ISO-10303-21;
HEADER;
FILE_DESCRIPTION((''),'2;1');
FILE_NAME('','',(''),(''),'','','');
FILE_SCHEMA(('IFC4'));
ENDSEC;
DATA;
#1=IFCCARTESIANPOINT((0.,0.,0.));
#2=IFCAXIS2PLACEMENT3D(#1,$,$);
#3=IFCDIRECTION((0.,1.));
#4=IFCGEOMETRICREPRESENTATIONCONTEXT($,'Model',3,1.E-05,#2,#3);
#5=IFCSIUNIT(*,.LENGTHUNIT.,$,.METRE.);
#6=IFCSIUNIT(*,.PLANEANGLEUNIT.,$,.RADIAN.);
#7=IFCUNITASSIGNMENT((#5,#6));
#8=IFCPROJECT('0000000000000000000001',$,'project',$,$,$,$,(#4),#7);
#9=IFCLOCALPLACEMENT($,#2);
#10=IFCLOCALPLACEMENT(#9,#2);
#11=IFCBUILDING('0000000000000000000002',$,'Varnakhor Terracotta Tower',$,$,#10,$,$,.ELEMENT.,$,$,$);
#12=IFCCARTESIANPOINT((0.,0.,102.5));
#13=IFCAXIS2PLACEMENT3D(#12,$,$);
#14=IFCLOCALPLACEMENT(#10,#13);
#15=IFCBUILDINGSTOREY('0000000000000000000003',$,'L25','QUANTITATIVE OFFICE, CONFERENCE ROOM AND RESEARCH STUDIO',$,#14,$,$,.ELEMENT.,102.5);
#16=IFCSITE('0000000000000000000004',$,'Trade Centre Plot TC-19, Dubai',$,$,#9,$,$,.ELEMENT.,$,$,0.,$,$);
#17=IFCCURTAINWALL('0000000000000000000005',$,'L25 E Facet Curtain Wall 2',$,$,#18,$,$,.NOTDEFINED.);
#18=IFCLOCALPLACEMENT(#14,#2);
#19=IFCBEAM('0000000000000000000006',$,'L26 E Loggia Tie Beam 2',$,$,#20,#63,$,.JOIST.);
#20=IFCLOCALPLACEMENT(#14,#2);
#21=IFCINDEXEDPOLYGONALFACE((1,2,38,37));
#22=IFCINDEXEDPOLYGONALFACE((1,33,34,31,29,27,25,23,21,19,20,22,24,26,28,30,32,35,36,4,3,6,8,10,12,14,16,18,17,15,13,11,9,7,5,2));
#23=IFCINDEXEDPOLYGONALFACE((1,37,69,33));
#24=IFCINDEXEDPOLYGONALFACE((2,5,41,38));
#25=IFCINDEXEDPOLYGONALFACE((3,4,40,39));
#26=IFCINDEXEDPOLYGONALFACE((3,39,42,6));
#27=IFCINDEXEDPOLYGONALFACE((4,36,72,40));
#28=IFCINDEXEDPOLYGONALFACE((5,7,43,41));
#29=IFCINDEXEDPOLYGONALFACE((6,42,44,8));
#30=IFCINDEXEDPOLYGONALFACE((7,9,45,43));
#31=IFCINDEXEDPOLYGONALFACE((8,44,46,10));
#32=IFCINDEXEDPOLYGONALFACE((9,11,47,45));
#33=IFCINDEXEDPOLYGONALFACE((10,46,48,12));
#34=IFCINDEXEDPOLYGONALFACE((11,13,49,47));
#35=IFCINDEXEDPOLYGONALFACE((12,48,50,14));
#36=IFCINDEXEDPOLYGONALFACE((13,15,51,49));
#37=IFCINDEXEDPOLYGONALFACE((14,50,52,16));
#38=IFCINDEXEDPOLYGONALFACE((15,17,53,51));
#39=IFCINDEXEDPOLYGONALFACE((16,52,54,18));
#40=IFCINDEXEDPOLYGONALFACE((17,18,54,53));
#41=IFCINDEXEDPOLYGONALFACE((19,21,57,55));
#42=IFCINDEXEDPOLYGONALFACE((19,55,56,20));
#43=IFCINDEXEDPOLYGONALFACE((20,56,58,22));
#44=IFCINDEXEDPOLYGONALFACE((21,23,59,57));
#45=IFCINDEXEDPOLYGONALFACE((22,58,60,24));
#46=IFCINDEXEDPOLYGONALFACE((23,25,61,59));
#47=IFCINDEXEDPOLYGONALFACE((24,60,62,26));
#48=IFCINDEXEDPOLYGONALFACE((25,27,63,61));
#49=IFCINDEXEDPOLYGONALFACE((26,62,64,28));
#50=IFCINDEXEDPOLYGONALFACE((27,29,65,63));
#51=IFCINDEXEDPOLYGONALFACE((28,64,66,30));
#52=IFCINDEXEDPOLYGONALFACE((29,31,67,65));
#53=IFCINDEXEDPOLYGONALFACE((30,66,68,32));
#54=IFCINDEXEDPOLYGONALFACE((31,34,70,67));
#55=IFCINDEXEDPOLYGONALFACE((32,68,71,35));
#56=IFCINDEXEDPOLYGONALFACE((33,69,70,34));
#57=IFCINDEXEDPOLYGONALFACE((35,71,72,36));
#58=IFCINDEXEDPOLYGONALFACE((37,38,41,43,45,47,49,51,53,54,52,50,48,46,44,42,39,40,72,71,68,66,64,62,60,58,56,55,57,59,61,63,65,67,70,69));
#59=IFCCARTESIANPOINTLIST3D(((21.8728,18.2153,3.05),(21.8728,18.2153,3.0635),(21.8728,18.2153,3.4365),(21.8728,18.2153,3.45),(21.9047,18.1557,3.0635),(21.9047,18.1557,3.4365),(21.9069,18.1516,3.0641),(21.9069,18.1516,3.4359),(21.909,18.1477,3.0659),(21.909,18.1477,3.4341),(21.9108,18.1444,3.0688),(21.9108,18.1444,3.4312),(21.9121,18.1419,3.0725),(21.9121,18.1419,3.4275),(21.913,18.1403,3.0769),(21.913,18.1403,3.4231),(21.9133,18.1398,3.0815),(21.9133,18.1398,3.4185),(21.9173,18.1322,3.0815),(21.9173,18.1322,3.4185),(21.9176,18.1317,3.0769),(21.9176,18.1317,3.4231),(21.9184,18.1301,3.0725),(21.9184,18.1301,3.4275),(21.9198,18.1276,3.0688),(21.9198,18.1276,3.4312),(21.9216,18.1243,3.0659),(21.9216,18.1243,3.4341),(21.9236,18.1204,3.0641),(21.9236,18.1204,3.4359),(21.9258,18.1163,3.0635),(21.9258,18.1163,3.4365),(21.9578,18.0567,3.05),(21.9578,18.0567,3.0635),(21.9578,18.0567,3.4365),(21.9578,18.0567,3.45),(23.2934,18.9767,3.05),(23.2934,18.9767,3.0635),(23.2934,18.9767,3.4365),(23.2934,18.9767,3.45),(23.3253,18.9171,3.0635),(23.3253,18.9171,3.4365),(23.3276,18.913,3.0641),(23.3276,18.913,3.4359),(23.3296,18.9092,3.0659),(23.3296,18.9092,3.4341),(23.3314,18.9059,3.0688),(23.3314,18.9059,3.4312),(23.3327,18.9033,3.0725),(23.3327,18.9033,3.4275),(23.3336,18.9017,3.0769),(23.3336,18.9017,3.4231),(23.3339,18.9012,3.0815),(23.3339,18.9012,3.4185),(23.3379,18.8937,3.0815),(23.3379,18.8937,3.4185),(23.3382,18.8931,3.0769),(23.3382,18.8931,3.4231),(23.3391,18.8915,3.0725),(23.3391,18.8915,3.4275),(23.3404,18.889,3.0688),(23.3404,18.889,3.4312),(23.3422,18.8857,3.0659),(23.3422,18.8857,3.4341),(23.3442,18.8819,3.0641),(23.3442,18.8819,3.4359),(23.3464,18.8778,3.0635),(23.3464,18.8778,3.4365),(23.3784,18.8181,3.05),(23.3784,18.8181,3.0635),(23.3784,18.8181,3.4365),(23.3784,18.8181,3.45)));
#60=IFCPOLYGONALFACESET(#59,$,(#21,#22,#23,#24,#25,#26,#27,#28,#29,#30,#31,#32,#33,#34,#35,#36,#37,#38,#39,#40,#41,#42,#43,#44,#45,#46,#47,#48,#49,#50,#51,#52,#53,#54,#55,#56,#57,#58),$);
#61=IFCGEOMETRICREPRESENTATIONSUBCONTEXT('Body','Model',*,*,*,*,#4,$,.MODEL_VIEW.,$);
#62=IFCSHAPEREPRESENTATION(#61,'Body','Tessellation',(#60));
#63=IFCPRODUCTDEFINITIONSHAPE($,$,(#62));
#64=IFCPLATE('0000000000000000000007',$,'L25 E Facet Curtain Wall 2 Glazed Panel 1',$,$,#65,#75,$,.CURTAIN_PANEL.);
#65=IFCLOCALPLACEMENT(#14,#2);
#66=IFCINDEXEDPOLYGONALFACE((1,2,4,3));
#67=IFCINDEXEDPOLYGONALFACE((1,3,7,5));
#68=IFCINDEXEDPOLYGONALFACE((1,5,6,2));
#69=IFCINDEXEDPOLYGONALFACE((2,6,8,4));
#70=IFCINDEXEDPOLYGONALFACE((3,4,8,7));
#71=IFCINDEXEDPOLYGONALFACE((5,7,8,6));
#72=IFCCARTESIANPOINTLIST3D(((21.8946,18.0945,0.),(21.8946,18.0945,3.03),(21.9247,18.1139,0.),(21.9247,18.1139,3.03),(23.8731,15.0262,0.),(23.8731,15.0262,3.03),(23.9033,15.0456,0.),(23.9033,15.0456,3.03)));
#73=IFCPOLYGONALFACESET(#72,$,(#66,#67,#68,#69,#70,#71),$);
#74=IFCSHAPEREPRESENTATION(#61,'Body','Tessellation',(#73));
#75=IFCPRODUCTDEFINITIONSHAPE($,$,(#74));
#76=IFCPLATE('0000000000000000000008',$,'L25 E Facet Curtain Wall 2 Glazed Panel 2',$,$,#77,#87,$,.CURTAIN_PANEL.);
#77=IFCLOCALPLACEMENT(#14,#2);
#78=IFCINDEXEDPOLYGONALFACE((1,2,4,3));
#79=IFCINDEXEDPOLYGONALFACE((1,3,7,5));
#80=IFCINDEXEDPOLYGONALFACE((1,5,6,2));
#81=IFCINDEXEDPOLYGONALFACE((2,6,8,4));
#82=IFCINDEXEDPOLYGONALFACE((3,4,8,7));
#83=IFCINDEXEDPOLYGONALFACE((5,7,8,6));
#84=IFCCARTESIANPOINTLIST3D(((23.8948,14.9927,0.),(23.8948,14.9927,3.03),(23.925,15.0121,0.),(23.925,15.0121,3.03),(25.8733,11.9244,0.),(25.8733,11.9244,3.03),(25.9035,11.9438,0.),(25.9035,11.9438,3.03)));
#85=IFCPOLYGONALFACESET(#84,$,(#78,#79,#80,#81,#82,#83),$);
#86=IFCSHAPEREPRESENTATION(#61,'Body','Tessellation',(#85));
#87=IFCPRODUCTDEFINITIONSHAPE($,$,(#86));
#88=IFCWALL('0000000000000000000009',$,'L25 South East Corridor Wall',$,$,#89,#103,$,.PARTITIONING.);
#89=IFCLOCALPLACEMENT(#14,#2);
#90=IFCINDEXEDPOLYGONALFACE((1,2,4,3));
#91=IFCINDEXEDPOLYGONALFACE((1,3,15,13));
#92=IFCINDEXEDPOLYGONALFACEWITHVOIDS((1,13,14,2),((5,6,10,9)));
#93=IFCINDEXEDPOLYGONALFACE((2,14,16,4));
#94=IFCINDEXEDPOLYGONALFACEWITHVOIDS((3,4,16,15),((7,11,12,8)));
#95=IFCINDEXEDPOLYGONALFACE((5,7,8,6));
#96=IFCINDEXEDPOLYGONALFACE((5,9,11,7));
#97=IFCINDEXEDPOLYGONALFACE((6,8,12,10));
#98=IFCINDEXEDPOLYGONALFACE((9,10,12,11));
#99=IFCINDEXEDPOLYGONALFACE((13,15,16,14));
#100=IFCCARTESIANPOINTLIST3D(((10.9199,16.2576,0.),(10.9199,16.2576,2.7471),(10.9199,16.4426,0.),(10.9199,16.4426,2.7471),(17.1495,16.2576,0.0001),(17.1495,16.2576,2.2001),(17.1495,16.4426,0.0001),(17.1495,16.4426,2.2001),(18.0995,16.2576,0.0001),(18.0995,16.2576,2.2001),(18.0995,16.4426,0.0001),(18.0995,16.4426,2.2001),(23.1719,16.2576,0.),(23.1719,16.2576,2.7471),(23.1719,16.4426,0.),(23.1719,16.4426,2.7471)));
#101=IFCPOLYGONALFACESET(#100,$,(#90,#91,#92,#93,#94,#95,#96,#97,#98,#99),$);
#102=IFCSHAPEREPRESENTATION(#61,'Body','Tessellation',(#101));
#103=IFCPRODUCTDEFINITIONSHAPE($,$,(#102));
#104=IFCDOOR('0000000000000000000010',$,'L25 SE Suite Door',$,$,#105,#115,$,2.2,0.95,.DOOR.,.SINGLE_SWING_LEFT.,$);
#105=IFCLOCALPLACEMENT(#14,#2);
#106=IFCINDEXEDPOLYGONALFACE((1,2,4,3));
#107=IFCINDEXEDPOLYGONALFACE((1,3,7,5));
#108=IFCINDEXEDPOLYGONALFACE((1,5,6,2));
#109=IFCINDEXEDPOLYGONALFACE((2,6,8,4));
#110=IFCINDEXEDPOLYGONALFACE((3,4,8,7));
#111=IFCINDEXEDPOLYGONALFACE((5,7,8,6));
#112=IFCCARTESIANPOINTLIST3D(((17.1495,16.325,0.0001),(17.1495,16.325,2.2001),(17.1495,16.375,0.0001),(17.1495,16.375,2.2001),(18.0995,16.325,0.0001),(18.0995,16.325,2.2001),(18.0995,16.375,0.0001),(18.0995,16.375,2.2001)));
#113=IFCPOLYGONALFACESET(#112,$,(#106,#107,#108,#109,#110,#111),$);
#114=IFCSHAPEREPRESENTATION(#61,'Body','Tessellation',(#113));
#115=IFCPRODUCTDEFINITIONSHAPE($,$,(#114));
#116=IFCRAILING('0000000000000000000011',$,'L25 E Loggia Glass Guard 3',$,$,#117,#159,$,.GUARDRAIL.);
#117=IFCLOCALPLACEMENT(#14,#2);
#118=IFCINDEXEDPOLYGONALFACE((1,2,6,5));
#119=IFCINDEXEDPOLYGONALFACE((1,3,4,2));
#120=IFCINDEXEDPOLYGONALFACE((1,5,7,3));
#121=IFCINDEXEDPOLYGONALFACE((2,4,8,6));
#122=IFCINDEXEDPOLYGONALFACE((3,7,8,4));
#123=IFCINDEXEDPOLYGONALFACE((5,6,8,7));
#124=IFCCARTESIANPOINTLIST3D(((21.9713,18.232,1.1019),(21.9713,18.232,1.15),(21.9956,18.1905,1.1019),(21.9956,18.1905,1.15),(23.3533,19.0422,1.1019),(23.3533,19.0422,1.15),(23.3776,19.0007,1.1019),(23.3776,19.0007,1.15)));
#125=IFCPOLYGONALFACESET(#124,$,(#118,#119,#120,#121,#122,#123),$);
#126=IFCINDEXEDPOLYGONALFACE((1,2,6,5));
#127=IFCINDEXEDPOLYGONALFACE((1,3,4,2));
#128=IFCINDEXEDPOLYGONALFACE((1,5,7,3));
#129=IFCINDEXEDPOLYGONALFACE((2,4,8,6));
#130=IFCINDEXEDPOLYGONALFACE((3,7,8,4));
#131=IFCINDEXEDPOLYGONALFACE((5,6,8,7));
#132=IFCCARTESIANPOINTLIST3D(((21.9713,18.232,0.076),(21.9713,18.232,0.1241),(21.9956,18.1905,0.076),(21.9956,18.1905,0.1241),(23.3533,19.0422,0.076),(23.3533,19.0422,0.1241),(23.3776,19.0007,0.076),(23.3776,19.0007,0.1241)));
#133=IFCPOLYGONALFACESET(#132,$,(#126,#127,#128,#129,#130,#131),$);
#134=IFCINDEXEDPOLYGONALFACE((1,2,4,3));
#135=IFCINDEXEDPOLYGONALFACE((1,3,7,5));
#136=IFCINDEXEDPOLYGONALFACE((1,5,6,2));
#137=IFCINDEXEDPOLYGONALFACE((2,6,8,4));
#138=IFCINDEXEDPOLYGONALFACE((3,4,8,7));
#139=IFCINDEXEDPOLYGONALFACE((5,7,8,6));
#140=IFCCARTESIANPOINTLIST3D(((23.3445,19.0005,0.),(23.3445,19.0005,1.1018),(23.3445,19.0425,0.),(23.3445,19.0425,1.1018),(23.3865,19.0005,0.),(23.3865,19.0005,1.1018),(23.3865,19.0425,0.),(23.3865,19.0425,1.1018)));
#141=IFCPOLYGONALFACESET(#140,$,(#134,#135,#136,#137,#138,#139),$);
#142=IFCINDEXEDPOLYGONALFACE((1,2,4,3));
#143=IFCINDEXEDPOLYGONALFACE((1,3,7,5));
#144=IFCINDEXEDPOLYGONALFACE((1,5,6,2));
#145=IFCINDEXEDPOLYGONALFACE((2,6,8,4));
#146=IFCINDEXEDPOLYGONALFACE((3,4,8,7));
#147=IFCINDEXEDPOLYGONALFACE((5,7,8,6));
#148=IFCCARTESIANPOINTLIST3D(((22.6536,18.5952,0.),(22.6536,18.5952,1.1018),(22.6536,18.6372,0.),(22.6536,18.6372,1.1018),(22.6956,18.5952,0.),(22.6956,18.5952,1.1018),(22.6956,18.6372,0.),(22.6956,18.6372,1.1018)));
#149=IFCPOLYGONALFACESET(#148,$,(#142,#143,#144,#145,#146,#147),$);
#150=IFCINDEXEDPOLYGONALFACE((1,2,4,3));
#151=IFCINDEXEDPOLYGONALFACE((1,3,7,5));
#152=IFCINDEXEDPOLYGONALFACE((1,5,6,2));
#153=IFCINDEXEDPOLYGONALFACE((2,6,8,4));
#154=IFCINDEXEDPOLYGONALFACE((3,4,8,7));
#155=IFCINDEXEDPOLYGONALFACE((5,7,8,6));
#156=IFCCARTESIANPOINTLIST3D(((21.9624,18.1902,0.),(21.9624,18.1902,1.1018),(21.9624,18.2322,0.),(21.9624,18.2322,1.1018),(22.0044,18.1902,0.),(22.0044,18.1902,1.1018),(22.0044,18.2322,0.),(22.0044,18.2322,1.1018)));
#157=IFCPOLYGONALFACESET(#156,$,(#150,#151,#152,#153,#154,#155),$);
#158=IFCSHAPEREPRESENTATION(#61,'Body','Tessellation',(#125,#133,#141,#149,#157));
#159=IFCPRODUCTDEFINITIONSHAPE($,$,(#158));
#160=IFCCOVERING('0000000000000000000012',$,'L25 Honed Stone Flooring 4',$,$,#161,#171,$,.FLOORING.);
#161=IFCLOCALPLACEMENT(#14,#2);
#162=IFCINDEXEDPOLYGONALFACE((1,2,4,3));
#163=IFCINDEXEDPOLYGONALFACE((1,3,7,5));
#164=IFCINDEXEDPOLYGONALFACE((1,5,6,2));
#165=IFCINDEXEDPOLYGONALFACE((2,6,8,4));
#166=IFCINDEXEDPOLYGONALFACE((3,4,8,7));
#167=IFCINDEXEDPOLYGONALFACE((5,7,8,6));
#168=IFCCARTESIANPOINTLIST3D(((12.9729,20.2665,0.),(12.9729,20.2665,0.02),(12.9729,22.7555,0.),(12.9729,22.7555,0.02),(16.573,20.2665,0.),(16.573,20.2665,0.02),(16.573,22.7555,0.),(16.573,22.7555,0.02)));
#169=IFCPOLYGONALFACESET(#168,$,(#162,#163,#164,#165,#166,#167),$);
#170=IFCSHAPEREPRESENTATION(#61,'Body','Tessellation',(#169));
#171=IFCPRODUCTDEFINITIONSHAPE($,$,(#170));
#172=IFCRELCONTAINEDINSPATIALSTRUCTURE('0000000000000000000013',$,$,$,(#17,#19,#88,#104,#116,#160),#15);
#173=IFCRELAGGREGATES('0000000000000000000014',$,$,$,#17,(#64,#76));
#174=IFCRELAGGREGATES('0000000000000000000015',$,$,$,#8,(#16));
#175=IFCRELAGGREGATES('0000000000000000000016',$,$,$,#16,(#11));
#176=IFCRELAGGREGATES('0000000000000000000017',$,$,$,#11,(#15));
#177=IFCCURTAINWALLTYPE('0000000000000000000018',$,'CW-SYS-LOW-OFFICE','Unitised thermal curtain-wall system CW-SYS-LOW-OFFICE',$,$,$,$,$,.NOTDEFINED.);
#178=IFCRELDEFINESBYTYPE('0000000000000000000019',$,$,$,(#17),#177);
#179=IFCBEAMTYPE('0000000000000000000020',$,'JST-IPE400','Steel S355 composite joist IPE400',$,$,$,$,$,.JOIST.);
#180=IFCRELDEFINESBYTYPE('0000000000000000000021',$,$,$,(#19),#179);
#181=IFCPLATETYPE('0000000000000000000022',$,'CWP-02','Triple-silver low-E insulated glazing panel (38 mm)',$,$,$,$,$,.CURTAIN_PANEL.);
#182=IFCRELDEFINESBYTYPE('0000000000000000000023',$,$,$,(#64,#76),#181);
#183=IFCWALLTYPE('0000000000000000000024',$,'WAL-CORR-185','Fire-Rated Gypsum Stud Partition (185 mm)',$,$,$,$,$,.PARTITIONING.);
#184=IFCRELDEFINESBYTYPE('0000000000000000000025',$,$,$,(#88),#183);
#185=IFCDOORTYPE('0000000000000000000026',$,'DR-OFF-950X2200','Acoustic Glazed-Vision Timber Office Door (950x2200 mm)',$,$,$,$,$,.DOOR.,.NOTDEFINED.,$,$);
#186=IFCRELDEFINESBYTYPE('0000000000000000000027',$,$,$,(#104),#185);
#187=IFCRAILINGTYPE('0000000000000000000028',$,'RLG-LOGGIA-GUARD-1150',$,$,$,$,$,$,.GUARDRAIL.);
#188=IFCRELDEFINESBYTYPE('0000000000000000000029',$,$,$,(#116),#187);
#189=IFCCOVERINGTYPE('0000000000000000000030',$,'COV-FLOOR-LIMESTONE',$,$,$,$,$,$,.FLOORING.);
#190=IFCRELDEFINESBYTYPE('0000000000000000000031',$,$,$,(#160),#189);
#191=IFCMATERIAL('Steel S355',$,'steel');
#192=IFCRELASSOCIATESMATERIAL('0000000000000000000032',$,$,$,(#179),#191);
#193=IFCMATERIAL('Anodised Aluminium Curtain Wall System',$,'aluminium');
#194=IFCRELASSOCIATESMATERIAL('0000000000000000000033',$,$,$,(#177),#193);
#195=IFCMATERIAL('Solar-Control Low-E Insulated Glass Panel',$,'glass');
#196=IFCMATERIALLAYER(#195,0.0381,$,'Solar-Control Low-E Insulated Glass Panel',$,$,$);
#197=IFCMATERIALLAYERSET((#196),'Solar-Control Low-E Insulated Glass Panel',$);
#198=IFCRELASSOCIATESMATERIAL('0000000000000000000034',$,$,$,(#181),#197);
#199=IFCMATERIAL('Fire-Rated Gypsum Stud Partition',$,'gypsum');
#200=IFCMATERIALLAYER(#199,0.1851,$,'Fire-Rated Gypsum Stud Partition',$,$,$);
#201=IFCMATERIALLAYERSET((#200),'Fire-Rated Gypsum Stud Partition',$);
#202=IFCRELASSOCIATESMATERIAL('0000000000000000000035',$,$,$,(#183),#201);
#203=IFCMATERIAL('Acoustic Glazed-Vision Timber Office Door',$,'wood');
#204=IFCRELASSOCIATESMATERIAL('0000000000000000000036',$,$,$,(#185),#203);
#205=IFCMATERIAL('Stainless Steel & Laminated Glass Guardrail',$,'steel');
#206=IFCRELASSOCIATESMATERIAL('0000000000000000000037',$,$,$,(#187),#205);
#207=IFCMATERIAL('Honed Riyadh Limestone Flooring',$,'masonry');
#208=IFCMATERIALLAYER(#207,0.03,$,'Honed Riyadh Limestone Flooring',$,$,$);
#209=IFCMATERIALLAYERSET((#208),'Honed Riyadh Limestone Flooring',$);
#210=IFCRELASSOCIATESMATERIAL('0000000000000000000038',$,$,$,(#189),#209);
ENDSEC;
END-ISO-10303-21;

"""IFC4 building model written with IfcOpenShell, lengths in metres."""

from ifc_helpers import new_model, si_unit, direction, frame, frame_2d, origin, origin_2d, place, context, subcontext, project, spatial, rectangle, i_section, extrude, source, transform, mapped, material, layer, layer_set, material_profile, profile_set, type_object, type_shapes, element, fill, aggregate, save


model = new_model("IFC4")

# Units and contexts
model_context = context("Model", 3, precision=1e-05, world=origin(), true_north=direction((0.0, 1.0)))
body_context = subcontext(model_context, "Body", "Model", "MODEL_VIEW")
ifc_project = project(units=[si_unit("LENGTHUNIT", "METRE"), si_unit("PLANEANGLEUNIT", "RADIAN")], contexts=[model_context])

# Site, building, storey
site_placement = place(None, origin())
site = spatial("IfcSite", under=ifc_project, at=site_placement, Name="Trade Centre Plot TC-19, Dubai", CompositionType="ELEMENT", RefElevation=0.0)
building_placement = place(site_placement, origin())
building = spatial("IfcBuilding", under=site, at=building_placement, Name="Varnakhor Terracotta Tower", CompositionType="ELEMENT")
storey_placement = place(building_placement, frame((0.0, 0.0, 102.5)))
storey = spatial("IfcBuildingStorey", under=building, at=storey_placement, Name="L25", Description="QUANTITATIVE OFFICE, CONFERENCE ROOM AND RESEARCH STUDIO", CompositionType="ELEMENT", Elevation=102.5)

# Shared definitions
ifc_material_1 = material(Name="Steel S355", Category="steel")
ifc_material_profile_1 = material_profile(ifc_material_1, i_section(OverallWidth=0.1799, OverallDepth=0.3999, WebThickness=0.0085, FlangeThickness=0.0134, FilletRadius=0.0181, at=origin_2d()), Name="IPE400")
ifc_profile_set_1 = profile_set([ifc_material_profile_1], Name="Steel S355")
beam_type_1 = type_object("IfcBeamType", Name="JST-IPE400", Description="Steel S355 composite joist IPE400", PredefinedType="JOIST", material=ifc_profile_set_1)

# Curtain wall
ifc_material_2 = material(Name="Anodised Aluminium Curtain Wall System", Category="aluminium")
curtain_wall_type = type_object("IfcCurtainWallType", Name="CW-SYS-LOW-OFFICE", Description="Unitised thermal curtain-wall system CW-SYS-LOW-OFFICE", PredefinedType="NOTDEFINED", material=ifc_material_2)
curtain_wall_placement = place(storey_placement, origin())
curtain_wall = element("IfcCurtainWall", 1, at=curtain_wall_placement, inside=storey, type_object=curtain_wall_type, Name="L25 E Facet Curtain Wall 2", PredefinedType="NOTDEFINED")

# Beam
shared_shape_1 = source(origin(), body_context, "Body", "SweptSolid", [
    extrude(i_section(OverallWidth=0.1799, OverallDepth=0.3999, WebThickness=0.0085, FlangeThickness=0.0134, FilletRadius=0.0181, at=origin_2d()), origin(), (0.0, 0.0, 1.0), 1.6118),
])
beam_1_placement = place(storey_placement, frame((21.9153, 18.136, 3.25), z_axis=(0.881374, 0.472419, 0.0), x_axis=(-0.472419, 0.881374, 0.0)))
element("IfcBeam", 2, at=beam_1_placement, inside=storey, type_object=beam_type_1, Name="L26 E Loggia Tie Beam 2", PredefinedType="JOIST", context=body_context, shape_type="MappedRepresentation", body=[
    mapped(shared_shape_1, transform((0.0, 0.0, 0.0), scale=1.0)),
])

# Plates
ifc_material_3 = material(Name="Solar-Control Low-E Insulated Glass Panel", Category="glass")
ifc_layer_1 = layer(ifc_material_3, 0.0381, Name="Solar-Control Low-E Insulated Glass Panel")
ifc_layer_set_1 = layer_set([ifc_layer_1], Name="Solar-Control Low-E Insulated Glass Panel")
plate_type = type_object("IfcPlateType", Name="CWP-02", Description="Triple-silver low-E insulated glazing panel (38 mm)", PredefinedType="CURTAIN_PANEL", material=ifc_layer_set_1)
shared_shape_2 = source(origin(), body_context, "Body", "SweptSolid", [
    extrude(rectangle(XDim=3.6509, YDim=0.0359, at=origin_2d()), origin(), (0.0, 0.0, 1.0), 3.03),
])
plate_1_placement = place(storey_placement, frame((22.8989, 16.5701, 0.0), z_axis=(0.0, 0.0, 1.0), x_axis=(0.541928, -0.840425, 0.0)))
plate_1 = element("IfcPlate", 3, at=plate_1_placement, type_object=plate_type, Name="L25 E Facet Curtain Wall 2 Glazed Panel 1", PredefinedType="CURTAIN_PANEL", context=body_context, shape_type="MappedRepresentation", body=[
    mapped(shared_shape_2, transform((0.0, 0.0, 0.0), scale=1.0)),
])
plate_2_placement = place(storey_placement, frame((24.8992, 13.4683, 0.0), z_axis=(0.0, 0.0, 1.0), x_axis=(0.541928, -0.840425, 0.0)))
plate_2 = element("IfcPlate", 4, at=plate_2_placement, type_object=plate_type, Name="L25 E Facet Curtain Wall 2 Glazed Panel 2", PredefinedType="CURTAIN_PANEL", context=body_context, shape_type="MappedRepresentation", body=[
    mapped(shared_shape_2, transform((0.0, 0.0, 0.0), scale=1.0)),
])
aggregate(curtain_wall, [plate_1, plate_2])

# Wall, opening, door
ifc_material_4 = material(Name="Fire-Rated Gypsum Stud Partition", Category="gypsum")
ifc_layer_2 = layer(ifc_material_4, 0.1851, Name="Fire-Rated Gypsum Stud Partition")
ifc_layer_set_2 = layer_set([ifc_layer_2], Name="Fire-Rated Gypsum Stud Partition")
wall_type = type_object("IfcWallType", Name="WAL-CORR-185", Description="Fire-Rated Gypsum Stud Partition (185 mm)", PredefinedType="PARTITIONING", material=ifc_layer_set_2)
wall_placement = place(storey_placement, frame((10.9199, 16.3501, 0.0), z_axis=(0.0, 0.0, 1.0), x_axis=(1.0, 0.0, 0.0)))
wall = element("IfcWall", 5, at=wall_placement, inside=storey, type_object=wall_type, Name="L25 South East Corridor Wall", PredefinedType="PARTITIONING", context=body_context, shape_type="SweptSolid", body=[
    extrude(rectangle(XDim=12.252, YDim=0.1851, at=frame_2d((6.126, 0.0))), origin(), (0.0, 0.0, 1.0), 2.7471),
])
opening_placement = place(wall_placement, frame((6.2295, 0.0, 0.0)))
opening = element("IfcOpeningElement", 6, at=opening_placement, cuts=wall, PredefinedType="OPENING", context=body_context, shape_type="SweptSolid", body=[
    extrude(rectangle(XDim=0.95, YDim=2.2, at=frame_2d((0.4751, 1.1001))), frame((0.0, 0.1025, 0.0), z_axis=(0.0, -1.0, 0.0), x_axis=(1.0, 0.0, 0.0)), (0.0, 0.0, 1.0), 0.2051),
])
ifc_material_5 = material(Name="Acoustic Glazed-Vision Timber Office Door", Category="wood")
door_type = type_object("IfcDoorType", Name="DR-OFF-950X2200", Description="Acoustic Glazed-Vision Timber Office Door (950x2200 mm)", OperationType="NOTDEFINED", PredefinedType="DOOR", material=ifc_material_5)
shared_shape_3 = source(origin(), body_context, "Body", "SweptSolid", [
    extrude(rectangle(XDim=0.95, YDim=2.2, at=frame_2d((0.4751, 1.1001))), frame((0.0, 0.0249, 0.0), z_axis=(0.0, -1.0, 0.0), x_axis=(1.0, 0.0, 0.0)), (0.0, 0.0, 1.0), 0.05),
])
type_shapes(door_type, [shared_shape_3])
door_placement = place(opening_placement, origin())
door = element("IfcDoor", 7, at=door_placement, inside=storey, type_object=door_type, Name="L25 SE Suite Door", OperationType="SINGLE_SWING_LEFT", OverallHeight=2.2, OverallWidth=0.95, PredefinedType="DOOR", context=body_context, shape_type="MappedRepresentation", body=[
    mapped(shared_shape_3, transform((0.0, 0.0, 0.0), scale=1.0)),
])
fill(opening, door)

# Railing
ifc_material_6 = material(Name="Stainless Steel & Laminated Glass Guardrail", Category="steel")
railing_type = type_object("IfcRailingType", Name="RLG-LOGGIA-GUARD-1150", PredefinedType="GUARDRAIL", material=ifc_material_6)
railing_placement = place(storey_placement, frame((23.3655, 19.0215, 0.0)))
element("IfcRailing", 8, at=railing_placement, inside=storey, type_object=railing_type, Name="L25 E Loggia Glass Guard 3", PredefinedType="GUARDRAIL", context=body_context, shape_type="SweptSolid", body=[
    extrude(rectangle(XDim=0.0481, YDim=0.0481, at=origin_2d()), frame((0.0, 0.0, 1.126), z_axis=(-0.862666, -0.505774, 0.0), x_axis=(0.505774, -0.862666, 0.0)), (0.0, 0.0, 1.0), 1.6021),
    extrude(rectangle(XDim=0.0481, YDim=0.0481, at=origin_2d()), frame((0.0, 0.0, 0.1001), z_axis=(-0.862666, -0.505774, 0.0), x_axis=(0.505774, -0.862666, 0.0)), (0.0, 0.0, 1.0), 1.6021),
    extrude(rectangle(XDim=0.042, YDim=0.042, at=origin_2d()), origin(), (0.0, 0.0, 1.0), 1.1018),
    extrude(rectangle(XDim=0.042, YDim=0.042, at=origin_2d()), frame((-0.6909, -0.4053, 0.0)), (0.0, 0.0, 1.0), 1.1018),
    extrude(rectangle(XDim=0.042, YDim=0.042, at=origin_2d()), frame((-1.3821, -0.8103, 0.0)), (0.0, 0.0, 1.0), 1.1018),
])

# Covering
ifc_material_7 = material(Name="Honed Riyadh Limestone Flooring", Category="masonry")
ifc_layer_3 = layer(ifc_material_7, 0.03, Name="Honed Riyadh Limestone Flooring")
ifc_layer_set_3 = layer_set([ifc_layer_3], Name="Honed Riyadh Limestone Flooring")
covering_type = type_object("IfcCoveringType", Name="COV-FLOOR-LIMESTONE", PredefinedType="FLOORING", material=ifc_layer_set_3)
shared_shape_4 = source(origin(), body_context, "Body", "SweptSolid", [
    extrude(rectangle(XDim=3.6001, YDim=2.489, at=origin_2d()), origin(), (0.0, 0.0, 1.0), 0.02),
])
covering_placement = place(storey_placement, frame((14.7729, 21.511, 0.0), z_axis=(0.0, 0.0, 1.0), x_axis=(1.0, 0.0, 0.0)))
element("IfcCovering", 9, at=covering_placement, inside=storey, type_object=covering_type, Name="L25 Honed Stone Flooring 4", PredefinedType="FLOORING", context=body_context, shape_type="MappedRepresentation", body=[
    mapped(shared_shape_4, transform((0.0, 0.0, 0.0), scale=1.0)),
])

save(model, "model.ifc")
